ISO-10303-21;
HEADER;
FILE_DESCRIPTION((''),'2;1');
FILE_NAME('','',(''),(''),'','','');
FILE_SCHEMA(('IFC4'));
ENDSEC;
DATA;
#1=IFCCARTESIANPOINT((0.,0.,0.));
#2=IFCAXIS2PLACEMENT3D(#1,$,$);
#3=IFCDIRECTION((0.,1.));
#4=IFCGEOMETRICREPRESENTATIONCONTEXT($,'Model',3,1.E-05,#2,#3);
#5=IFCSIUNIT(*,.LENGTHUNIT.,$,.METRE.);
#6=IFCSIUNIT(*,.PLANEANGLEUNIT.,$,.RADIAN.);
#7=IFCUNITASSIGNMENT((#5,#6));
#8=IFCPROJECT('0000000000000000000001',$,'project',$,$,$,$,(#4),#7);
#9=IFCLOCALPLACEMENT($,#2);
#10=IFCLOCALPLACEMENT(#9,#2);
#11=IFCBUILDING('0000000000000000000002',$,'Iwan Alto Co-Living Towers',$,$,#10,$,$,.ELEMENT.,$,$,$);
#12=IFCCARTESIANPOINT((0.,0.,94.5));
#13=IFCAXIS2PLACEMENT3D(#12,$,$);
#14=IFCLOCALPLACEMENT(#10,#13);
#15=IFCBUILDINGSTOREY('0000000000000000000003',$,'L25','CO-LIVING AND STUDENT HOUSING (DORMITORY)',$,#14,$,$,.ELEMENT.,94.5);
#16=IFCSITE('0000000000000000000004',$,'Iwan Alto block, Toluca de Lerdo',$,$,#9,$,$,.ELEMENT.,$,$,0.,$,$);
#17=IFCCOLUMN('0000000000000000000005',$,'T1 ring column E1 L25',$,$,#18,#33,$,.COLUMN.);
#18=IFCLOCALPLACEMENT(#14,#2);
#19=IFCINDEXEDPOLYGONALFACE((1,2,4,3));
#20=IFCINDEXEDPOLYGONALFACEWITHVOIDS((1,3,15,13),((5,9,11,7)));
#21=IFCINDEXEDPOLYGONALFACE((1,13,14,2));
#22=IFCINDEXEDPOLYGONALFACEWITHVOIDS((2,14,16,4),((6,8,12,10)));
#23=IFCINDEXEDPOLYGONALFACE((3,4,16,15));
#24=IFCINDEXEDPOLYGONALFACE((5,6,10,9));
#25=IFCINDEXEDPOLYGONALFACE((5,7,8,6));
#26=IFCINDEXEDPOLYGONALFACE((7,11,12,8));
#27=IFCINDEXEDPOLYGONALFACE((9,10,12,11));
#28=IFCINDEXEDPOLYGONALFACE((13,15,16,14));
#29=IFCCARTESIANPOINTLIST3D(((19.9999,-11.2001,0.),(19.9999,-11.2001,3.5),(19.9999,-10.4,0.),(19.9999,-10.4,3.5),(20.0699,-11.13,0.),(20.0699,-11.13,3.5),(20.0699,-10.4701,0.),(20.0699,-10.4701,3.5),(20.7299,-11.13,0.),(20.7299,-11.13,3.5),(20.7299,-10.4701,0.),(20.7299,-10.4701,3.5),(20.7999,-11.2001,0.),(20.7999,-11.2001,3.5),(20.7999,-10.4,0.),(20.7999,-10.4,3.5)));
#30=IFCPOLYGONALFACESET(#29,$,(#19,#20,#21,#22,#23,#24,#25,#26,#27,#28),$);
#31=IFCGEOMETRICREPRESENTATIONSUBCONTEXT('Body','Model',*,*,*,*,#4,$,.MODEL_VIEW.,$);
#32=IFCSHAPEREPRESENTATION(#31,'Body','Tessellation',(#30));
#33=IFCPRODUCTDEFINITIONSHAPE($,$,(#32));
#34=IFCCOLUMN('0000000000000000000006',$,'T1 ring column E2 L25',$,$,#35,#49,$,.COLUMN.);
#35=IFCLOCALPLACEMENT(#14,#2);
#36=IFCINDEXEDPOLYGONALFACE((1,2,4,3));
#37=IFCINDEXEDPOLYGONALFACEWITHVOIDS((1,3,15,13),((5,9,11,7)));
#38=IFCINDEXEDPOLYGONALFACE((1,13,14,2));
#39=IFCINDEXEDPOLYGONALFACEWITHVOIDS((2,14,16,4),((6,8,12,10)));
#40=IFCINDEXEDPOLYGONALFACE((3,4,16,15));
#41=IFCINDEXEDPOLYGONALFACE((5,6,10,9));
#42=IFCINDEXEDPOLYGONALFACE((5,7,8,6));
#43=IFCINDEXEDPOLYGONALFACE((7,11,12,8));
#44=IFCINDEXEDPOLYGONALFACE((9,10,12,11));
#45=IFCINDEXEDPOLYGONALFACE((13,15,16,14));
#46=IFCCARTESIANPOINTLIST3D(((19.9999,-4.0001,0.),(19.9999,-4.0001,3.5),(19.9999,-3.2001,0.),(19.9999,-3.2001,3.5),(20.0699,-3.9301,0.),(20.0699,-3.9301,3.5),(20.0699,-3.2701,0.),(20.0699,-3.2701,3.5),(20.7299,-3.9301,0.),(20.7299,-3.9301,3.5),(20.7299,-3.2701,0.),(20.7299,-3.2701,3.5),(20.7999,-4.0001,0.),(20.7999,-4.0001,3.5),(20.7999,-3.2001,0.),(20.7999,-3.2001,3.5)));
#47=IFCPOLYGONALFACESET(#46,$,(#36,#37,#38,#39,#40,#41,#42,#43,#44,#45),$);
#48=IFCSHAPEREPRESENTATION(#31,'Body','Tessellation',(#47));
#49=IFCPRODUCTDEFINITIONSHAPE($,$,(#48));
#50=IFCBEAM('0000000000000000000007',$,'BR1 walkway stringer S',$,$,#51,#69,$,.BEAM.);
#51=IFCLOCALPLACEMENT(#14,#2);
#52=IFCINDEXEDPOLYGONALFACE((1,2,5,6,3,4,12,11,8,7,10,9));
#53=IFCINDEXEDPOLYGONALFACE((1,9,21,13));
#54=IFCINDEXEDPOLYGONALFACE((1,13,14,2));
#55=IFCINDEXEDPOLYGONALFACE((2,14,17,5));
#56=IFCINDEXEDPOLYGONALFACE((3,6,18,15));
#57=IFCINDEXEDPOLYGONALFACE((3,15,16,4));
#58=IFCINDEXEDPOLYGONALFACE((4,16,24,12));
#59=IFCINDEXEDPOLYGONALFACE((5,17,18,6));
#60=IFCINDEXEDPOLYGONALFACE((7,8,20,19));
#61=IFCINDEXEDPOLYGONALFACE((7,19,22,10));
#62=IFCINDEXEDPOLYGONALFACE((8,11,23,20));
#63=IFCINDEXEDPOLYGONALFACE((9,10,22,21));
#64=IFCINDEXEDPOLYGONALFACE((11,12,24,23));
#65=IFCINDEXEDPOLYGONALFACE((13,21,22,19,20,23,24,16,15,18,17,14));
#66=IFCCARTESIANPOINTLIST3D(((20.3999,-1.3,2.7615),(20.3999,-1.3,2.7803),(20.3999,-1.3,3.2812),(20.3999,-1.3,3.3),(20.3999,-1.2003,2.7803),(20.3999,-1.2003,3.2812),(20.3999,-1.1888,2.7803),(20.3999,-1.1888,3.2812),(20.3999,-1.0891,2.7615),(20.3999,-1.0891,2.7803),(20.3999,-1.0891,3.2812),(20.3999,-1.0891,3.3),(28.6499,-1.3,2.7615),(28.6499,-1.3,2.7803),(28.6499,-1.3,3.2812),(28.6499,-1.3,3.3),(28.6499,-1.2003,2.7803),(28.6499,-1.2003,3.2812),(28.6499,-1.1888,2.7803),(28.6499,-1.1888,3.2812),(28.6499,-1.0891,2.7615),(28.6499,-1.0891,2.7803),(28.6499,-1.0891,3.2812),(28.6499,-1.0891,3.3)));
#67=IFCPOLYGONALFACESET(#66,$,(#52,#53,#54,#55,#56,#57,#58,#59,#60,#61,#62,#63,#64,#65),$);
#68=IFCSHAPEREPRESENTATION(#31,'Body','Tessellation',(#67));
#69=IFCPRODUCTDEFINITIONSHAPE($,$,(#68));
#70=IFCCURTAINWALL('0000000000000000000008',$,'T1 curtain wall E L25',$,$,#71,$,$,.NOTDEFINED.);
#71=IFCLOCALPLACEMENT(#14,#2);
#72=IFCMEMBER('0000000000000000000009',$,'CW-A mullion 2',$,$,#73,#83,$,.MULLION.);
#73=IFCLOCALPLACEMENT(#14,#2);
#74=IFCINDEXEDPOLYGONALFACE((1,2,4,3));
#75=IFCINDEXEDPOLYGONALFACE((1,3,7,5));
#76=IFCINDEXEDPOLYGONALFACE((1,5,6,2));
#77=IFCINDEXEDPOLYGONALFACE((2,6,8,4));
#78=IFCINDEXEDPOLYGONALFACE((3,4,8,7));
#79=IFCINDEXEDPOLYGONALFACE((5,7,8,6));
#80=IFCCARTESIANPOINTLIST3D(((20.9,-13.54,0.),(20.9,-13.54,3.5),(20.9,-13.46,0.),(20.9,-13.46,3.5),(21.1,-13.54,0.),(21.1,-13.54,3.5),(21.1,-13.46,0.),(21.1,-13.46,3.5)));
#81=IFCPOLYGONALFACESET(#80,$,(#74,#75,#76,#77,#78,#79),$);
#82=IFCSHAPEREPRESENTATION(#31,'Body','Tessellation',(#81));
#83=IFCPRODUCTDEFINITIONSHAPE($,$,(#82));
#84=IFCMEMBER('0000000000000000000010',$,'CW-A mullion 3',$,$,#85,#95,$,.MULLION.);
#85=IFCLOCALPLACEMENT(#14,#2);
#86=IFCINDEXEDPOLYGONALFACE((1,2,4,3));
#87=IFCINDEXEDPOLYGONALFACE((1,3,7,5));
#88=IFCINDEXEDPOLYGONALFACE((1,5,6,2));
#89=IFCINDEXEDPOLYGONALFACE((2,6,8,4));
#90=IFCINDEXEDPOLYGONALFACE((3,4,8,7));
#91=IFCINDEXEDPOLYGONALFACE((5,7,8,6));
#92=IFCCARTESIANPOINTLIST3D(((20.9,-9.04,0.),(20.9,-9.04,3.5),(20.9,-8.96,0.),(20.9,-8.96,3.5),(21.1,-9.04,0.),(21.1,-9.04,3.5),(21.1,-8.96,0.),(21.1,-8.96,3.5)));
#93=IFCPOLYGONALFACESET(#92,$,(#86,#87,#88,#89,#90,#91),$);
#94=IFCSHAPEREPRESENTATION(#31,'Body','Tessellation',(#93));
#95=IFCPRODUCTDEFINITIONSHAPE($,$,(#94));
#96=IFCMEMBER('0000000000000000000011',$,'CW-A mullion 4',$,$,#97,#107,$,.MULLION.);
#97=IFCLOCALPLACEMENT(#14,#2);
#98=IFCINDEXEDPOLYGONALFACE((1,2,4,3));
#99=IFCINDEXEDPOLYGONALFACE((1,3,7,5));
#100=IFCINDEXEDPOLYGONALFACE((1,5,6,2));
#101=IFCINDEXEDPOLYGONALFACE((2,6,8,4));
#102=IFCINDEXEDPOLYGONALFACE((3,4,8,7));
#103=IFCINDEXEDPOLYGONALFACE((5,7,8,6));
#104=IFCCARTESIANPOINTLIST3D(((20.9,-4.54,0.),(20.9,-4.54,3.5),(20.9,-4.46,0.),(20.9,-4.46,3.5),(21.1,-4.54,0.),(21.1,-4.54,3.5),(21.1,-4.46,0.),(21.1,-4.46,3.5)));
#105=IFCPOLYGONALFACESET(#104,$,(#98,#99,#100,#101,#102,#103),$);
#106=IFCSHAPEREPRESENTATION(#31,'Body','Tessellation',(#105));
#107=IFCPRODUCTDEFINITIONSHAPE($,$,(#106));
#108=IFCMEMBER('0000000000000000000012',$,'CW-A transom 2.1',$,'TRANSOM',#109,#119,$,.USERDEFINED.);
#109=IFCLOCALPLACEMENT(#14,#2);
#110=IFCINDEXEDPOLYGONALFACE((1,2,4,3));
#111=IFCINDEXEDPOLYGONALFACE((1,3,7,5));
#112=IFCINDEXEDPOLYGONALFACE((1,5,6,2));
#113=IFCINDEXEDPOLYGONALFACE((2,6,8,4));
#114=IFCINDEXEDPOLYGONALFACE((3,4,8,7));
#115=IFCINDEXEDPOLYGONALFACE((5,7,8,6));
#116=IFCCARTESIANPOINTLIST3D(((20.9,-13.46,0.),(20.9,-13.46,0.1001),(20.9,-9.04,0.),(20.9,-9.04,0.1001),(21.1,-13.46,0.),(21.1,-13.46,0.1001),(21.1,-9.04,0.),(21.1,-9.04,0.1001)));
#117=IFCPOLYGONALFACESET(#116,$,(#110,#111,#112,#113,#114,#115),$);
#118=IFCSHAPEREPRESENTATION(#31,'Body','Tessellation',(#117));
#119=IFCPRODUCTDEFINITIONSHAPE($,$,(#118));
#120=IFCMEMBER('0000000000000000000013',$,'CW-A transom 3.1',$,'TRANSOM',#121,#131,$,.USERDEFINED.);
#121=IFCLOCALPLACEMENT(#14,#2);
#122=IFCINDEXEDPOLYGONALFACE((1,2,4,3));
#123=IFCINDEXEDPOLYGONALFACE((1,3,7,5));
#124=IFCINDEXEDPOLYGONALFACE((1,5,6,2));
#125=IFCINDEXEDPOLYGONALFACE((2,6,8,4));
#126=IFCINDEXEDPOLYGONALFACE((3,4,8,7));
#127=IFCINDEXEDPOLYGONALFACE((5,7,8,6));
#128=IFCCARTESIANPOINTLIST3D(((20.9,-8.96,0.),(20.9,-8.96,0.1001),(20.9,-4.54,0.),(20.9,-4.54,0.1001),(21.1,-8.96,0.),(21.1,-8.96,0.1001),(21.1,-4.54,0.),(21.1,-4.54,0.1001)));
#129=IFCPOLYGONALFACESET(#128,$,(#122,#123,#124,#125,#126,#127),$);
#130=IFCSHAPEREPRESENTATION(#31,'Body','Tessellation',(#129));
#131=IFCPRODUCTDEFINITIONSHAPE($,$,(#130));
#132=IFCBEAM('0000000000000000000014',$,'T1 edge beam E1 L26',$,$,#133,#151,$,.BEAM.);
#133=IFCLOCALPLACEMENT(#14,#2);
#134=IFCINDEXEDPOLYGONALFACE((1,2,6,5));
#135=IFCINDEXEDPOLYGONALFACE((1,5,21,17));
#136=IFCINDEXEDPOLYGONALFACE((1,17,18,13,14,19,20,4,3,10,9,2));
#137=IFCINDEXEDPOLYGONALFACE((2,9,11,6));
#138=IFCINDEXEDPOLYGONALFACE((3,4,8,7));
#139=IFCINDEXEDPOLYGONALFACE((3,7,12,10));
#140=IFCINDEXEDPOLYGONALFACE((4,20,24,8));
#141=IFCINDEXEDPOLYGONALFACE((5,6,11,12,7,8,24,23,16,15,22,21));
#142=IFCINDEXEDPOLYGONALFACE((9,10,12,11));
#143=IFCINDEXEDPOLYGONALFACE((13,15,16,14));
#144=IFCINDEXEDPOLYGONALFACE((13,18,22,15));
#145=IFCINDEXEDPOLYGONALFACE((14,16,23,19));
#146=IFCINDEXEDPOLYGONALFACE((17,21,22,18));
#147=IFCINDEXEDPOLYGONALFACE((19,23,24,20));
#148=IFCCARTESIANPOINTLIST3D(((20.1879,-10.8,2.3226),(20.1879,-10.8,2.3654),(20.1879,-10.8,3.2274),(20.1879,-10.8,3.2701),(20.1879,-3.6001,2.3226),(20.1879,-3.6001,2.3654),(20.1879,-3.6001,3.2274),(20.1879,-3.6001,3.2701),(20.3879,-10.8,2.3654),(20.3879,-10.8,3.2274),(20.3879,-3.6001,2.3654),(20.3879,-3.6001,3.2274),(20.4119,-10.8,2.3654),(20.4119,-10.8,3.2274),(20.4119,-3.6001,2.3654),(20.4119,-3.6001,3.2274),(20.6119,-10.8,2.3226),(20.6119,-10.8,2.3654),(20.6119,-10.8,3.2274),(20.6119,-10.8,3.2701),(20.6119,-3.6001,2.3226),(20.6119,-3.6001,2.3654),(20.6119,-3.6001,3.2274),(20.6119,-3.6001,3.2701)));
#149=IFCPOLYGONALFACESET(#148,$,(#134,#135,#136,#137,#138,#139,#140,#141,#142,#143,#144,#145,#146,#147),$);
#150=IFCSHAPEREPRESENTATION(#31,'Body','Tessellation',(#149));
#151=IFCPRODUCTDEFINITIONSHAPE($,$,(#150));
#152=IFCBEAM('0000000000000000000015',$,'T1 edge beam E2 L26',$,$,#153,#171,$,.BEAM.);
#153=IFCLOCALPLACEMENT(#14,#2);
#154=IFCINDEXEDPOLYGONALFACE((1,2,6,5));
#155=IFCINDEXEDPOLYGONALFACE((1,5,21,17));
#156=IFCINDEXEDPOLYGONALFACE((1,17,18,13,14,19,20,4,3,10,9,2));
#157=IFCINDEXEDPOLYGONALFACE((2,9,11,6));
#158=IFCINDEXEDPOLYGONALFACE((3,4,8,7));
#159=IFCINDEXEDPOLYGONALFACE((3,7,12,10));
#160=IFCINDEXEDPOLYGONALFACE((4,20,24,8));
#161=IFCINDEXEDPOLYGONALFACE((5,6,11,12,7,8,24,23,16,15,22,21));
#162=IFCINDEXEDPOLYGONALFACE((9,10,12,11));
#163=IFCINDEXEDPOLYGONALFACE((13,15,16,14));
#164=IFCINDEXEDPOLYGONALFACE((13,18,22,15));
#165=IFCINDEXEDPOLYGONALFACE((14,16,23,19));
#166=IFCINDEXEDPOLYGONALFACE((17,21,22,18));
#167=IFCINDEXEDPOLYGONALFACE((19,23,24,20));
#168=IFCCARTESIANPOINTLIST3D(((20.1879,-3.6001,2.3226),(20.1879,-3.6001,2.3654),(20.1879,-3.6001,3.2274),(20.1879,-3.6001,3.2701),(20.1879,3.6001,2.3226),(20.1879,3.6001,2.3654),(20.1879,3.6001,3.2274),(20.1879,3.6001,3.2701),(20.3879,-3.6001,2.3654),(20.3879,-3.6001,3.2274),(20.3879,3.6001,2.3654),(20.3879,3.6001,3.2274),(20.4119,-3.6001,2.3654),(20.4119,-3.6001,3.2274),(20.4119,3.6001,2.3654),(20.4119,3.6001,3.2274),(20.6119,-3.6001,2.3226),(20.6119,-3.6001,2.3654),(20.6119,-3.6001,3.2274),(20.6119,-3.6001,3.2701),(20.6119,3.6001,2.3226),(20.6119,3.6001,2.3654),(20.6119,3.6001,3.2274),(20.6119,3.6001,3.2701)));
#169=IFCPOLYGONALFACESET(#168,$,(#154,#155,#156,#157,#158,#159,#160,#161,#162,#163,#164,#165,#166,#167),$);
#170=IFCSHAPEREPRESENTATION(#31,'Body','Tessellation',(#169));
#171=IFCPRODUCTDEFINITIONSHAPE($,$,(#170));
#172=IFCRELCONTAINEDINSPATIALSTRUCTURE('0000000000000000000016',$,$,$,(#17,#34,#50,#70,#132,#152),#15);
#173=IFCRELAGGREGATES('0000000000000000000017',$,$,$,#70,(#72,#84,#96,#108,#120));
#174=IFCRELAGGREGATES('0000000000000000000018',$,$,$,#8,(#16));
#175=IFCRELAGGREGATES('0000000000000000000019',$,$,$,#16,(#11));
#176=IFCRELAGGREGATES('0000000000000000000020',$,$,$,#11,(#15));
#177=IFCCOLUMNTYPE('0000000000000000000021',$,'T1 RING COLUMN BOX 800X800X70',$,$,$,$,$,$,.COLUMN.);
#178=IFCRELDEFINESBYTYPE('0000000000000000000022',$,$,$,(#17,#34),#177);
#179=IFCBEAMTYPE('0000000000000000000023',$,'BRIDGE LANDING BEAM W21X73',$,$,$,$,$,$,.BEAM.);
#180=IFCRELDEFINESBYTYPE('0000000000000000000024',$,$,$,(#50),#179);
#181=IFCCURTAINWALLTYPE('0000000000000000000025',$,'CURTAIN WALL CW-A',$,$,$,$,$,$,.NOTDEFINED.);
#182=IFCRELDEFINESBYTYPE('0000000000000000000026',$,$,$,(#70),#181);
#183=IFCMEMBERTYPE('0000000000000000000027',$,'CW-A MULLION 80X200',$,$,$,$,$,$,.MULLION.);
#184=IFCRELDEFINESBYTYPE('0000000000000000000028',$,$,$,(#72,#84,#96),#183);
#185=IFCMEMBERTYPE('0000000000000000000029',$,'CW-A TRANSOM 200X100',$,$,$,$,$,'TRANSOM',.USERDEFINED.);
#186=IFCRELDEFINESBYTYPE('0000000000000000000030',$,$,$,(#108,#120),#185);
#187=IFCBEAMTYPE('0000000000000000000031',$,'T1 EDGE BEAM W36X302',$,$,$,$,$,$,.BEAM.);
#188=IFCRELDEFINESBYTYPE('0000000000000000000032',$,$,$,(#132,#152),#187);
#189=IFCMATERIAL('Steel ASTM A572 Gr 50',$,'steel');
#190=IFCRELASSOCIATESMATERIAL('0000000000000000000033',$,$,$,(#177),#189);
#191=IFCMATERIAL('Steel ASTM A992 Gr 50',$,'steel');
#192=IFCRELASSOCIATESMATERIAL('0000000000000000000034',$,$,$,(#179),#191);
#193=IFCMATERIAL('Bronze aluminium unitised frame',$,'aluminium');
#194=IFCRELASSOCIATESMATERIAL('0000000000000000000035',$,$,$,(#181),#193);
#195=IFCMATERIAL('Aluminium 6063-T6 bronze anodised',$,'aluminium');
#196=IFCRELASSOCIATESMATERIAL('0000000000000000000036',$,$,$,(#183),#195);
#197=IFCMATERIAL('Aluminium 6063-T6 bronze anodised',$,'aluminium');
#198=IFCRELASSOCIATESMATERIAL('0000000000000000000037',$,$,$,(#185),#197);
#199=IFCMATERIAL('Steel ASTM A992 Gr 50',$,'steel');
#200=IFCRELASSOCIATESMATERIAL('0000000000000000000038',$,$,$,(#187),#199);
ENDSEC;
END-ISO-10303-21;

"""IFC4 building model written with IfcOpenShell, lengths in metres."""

from ifc_helpers import new_model, si_unit, direction, frame, origin, origin_2d, place, context, subcontext, project, spatial, rectangle, hollow_rectangle, i_section, extrude, material, material_profile, profile_set, type_object, element, aggregate, save


model = new_model("IFC4")

# Units and contexts
model_context = context("Model", 3, precision=1e-05, world=origin(), true_north=direction((0.0, 1.0)))
body_context = subcontext(model_context, "Body", "Model", "MODEL_VIEW")
ifc_project = project(units=[si_unit("LENGTHUNIT", "METRE"), si_unit("PLANEANGLEUNIT", "RADIAN")], contexts=[model_context])

# Site, building, storey
site_placement = place(None, origin())
site = spatial("IfcSite", under=ifc_project, at=site_placement, Name="Iwan Alto block, Toluca de Lerdo", CompositionType="ELEMENT", RefElevation=0.0)
building_placement = place(site_placement, origin())
building = spatial("IfcBuilding", under=site, at=building_placement, Name="Iwan Alto Co-Living Towers", CompositionType="ELEMENT")
storey_placement = place(building_placement, frame((0.0, 0.0, 94.5)))
storey = spatial("IfcBuildingStorey", under=building, at=storey_placement, Name="L25", Description="CO-LIVING AND STUDENT HOUSING (DORMITORY)", CompositionType="ELEMENT", Elevation=94.5)

# Columns
ifc_material_1 = material(Name="Steel ASTM A572 Gr 50", Category="steel")
ifc_material_profile_1 = material_profile(ifc_material_1, hollow_rectangle(XDim=0.8, YDim=0.8, WallThickness=0.0701, at=origin_2d()), Name="BOX 800X800X70")
ifc_profile_set_1 = profile_set([ifc_material_profile_1], Name="Steel ASTM A572 Gr 50")
column_type = type_object("IfcColumnType", Name="T1 RING COLUMN BOX 800X800X70", PredefinedType="COLUMN", material=ifc_profile_set_1)
for number, where, z_axis, x_axis, name in (
    (1, (20.3999, -10.8, 0.0), (0.0, 0.0, 1.0), (1.0, 0.0, 0.0), "T1 ring column E1 L25"),
    (2, (20.3999, -3.6001, 0.0), (0.0, 0.0, 1.0), (1.0, 0.0, 0.0), "T1 ring column E2 L25"),
):
    element("IfcColumn", number, at=place(storey_placement, frame(where, z_axis=z_axis, x_axis=x_axis)), inside=storey, type_object=column_type, Name=name, PredefinedType="COLUMN", context=body_context, shape_type="SweptSolid", body=[
        extrude(hollow_rectangle(XDim=0.8, YDim=0.8, WallThickness=0.0701, at=origin_2d()), origin(), (0.0, 0.0, 1.0), 3.5),
    ])

# Beam
ifc_material_2 = material(Name="Steel ASTM A992 Gr 50", Category="steel")
ifc_material_profile_2 = material_profile(ifc_material_2, i_section(OverallWidth=0.2109, OverallDepth=0.5386, WebThickness=0.0115, FlangeThickness=0.0188, at=origin_2d()), Name="W21X73")
ifc_profile_set_2 = profile_set([ifc_material_profile_2], Name="Steel ASTM A992 Gr 50")
beam_type_1 = type_object("IfcBeamType", Name="BRIDGE LANDING BEAM W21X73", PredefinedType="BEAM", material=ifc_profile_set_2)
beam_1_placement = place(storey_placement, frame((20.3999, -1.1946, 3.0308), z_axis=(1.0, 0.0, 0.0), x_axis=(0.0, 1.0, 0.0)))
element("IfcBeam", 3, at=beam_1_placement, inside=storey, type_object=beam_type_1, Name="BR1 walkway stringer S", PredefinedType="BEAM", context=body_context, shape_type="SweptSolid", body=[
    extrude(i_section(OverallWidth=0.2109, OverallDepth=0.5386, WebThickness=0.0115, FlangeThickness=0.0188, at=origin_2d()), origin(), (0.0, 0.0, 1.0), 8.25),
])

# Curtain wall, members
ifc_material_3 = material(Name="Bronze aluminium unitised frame", Category="aluminium")
curtain_wall_type = type_object("IfcCurtainWallType", Name="CURTAIN WALL CW-A", PredefinedType="NOTDEFINED", material=ifc_material_3)
curtain_wall_placement = place(storey_placement, origin())
curtain_wall = element("IfcCurtainWall", 4, at=curtain_wall_placement, inside=storey, type_object=curtain_wall_type, Name="T1 curtain wall E L25", PredefinedType="NOTDEFINED")
ifc_material_4 = material(Name="Aluminium 6063-T6 bronze anodised", Category="aluminium")
ifc_material_profile_3 = material_profile(ifc_material_4, rectangle(XDim=0.2, YDim=0.0801, at=origin_2d()), Name="AL 80X200")
ifc_profile_set_3 = profile_set([ifc_material_profile_3], Name="Aluminium 6063-T6 bronze anodised")
member_type_1 = type_object("IfcMemberType", Name="CW-A MULLION 80X200", PredefinedType="MULLION", material=ifc_profile_set_3)
member_1_placement = place(storey_placement, frame((21.0, -13.5, 0.0), z_axis=(0.0, 0.0, 1.0), x_axis=(-1.0, 0.0, 0.0)))
member_1 = element("IfcMember", 5, at=member_1_placement, type_object=member_type_1, Name="CW-A mullion 2", PredefinedType="MULLION", context=body_context, shape_type="SweptSolid", body=[
    extrude(rectangle(XDim=0.2, YDim=0.0801, at=origin_2d()), origin(), (0.0, 0.0, 1.0), 3.5),
])
member_2_placement = place(storey_placement, frame((21.0, -9.0, 0.0), z_axis=(0.0, 0.0, 1.0), x_axis=(-1.0, 0.0, 0.0)))
member_2 = element("IfcMember", 6, at=member_2_placement, type_object=member_type_1, Name="CW-A mullion 3", PredefinedType="MULLION", context=body_context, shape_type="SweptSolid", body=[
    extrude(rectangle(XDim=0.2, YDim=0.0801, at=origin_2d()), origin(), (0.0, 0.0, 1.0), 3.5),
])
member_3_placement = place(storey_placement, frame((21.0, -4.5, 0.0), z_axis=(0.0, 0.0, 1.0), x_axis=(-1.0, 0.0, 0.0)))
member_3 = element("IfcMember", 7, at=member_3_placement, type_object=member_type_1, Name="CW-A mullion 4", PredefinedType="MULLION", context=body_context, shape_type="SweptSolid", body=[
    extrude(rectangle(XDim=0.2, YDim=0.0801, at=origin_2d()), origin(), (0.0, 0.0, 1.0), 3.5),
])
ifc_material_5 = material(Name="Aluminium 6063-T6 bronze anodised", Category="aluminium")
ifc_material_profile_4 = material_profile(ifc_material_5, rectangle(XDim=0.2, YDim=0.1001, at=origin_2d()), Name="AL 200X100")
ifc_profile_set_4 = profile_set([ifc_material_profile_4], Name="Aluminium 6063-T6 bronze anodised")
member_type_2 = type_object("IfcMemberType", Name="CW-A TRANSOM 200X100", ElementType="TRANSOM", PredefinedType="USERDEFINED", material=ifc_profile_set_4)
member_4_placement = place(storey_placement, frame((21.0, -13.46, 0.05), z_axis=(0.0, 1.0, 0.0), x_axis=(-1.0, 0.0, 0.0)))
member_4 = element("IfcMember", 8, at=member_4_placement, type_object=member_type_2, Name="CW-A transom 2.1", ObjectType="TRANSOM", PredefinedType="USERDEFINED", context=body_context, shape_type="SweptSolid", body=[
    extrude(rectangle(XDim=0.2, YDim=0.1001, at=origin_2d()), origin(), (0.0, 0.0, 1.0), 4.4199),
])
member_5_placement = place(storey_placement, frame((21.0, -8.96, 0.05), z_axis=(0.0, 1.0, 0.0), x_axis=(-1.0, 0.0, 0.0)))
member_5 = element("IfcMember", 9, at=member_5_placement, type_object=member_type_2, Name="CW-A transom 3.1", ObjectType="TRANSOM", PredefinedType="USERDEFINED", context=body_context, shape_type="SweptSolid", body=[
    extrude(rectangle(XDim=0.2, YDim=0.1001, at=origin_2d()), origin(), (0.0, 0.0, 1.0), 4.4199),
])

# Beams
ifc_material_6 = material(Name="Steel ASTM A992 Gr 50", Category="steel")
ifc_material_profile_5 = material_profile(ifc_material_6, i_section(OverallWidth=0.4241, OverallDepth=0.9475, WebThickness=0.0239, FlangeThickness=0.0427, at=origin_2d()), Name="W36X302")
ifc_profile_set_5 = profile_set([ifc_material_profile_5], Name="Steel ASTM A992 Gr 50")
beam_type_2 = type_object("IfcBeamType", Name="T1 EDGE BEAM W36X302", PredefinedType="BEAM", material=ifc_profile_set_5)
beam_2_placement = place(storey_placement, frame((20.3999, -10.8, 2.7964), z_axis=(0.0, 1.0, 0.0), x_axis=(-1.0, 0.0, 0.0)))
element("IfcBeam", 10, at=beam_2_placement, inside=storey, type_object=beam_type_2, Name="T1 edge beam E1 L26", PredefinedType="BEAM", context=body_context, shape_type="SweptSolid", body=[
    extrude(i_section(OverallWidth=0.4241, OverallDepth=0.9475, WebThickness=0.0239, FlangeThickness=0.0427, at=origin_2d()), origin(), (0.0, 0.0, 1.0), 7.2),
])
beam_3_placement = place(storey_placement, frame((20.3999, -3.6001, 2.7964), z_axis=(0.0, 1.0, 0.0), x_axis=(-1.0, 0.0, 0.0)))
element("IfcBeam", 11, at=beam_3_placement, inside=storey, type_object=beam_type_2, Name="T1 edge beam E2 L26", PredefinedType="BEAM", context=body_context, shape_type="SweptSolid", body=[
    extrude(i_section(OverallWidth=0.4241, OverallDepth=0.9475, WebThickness=0.0239, FlangeThickness=0.0427, at=origin_2d()), origin(), (0.0, 0.0, 1.0), 7.2002),
])

aggregate(curtain_wall, [member_1, member_2, member_3, member_4, member_5])

save(model, "model.ifc")
